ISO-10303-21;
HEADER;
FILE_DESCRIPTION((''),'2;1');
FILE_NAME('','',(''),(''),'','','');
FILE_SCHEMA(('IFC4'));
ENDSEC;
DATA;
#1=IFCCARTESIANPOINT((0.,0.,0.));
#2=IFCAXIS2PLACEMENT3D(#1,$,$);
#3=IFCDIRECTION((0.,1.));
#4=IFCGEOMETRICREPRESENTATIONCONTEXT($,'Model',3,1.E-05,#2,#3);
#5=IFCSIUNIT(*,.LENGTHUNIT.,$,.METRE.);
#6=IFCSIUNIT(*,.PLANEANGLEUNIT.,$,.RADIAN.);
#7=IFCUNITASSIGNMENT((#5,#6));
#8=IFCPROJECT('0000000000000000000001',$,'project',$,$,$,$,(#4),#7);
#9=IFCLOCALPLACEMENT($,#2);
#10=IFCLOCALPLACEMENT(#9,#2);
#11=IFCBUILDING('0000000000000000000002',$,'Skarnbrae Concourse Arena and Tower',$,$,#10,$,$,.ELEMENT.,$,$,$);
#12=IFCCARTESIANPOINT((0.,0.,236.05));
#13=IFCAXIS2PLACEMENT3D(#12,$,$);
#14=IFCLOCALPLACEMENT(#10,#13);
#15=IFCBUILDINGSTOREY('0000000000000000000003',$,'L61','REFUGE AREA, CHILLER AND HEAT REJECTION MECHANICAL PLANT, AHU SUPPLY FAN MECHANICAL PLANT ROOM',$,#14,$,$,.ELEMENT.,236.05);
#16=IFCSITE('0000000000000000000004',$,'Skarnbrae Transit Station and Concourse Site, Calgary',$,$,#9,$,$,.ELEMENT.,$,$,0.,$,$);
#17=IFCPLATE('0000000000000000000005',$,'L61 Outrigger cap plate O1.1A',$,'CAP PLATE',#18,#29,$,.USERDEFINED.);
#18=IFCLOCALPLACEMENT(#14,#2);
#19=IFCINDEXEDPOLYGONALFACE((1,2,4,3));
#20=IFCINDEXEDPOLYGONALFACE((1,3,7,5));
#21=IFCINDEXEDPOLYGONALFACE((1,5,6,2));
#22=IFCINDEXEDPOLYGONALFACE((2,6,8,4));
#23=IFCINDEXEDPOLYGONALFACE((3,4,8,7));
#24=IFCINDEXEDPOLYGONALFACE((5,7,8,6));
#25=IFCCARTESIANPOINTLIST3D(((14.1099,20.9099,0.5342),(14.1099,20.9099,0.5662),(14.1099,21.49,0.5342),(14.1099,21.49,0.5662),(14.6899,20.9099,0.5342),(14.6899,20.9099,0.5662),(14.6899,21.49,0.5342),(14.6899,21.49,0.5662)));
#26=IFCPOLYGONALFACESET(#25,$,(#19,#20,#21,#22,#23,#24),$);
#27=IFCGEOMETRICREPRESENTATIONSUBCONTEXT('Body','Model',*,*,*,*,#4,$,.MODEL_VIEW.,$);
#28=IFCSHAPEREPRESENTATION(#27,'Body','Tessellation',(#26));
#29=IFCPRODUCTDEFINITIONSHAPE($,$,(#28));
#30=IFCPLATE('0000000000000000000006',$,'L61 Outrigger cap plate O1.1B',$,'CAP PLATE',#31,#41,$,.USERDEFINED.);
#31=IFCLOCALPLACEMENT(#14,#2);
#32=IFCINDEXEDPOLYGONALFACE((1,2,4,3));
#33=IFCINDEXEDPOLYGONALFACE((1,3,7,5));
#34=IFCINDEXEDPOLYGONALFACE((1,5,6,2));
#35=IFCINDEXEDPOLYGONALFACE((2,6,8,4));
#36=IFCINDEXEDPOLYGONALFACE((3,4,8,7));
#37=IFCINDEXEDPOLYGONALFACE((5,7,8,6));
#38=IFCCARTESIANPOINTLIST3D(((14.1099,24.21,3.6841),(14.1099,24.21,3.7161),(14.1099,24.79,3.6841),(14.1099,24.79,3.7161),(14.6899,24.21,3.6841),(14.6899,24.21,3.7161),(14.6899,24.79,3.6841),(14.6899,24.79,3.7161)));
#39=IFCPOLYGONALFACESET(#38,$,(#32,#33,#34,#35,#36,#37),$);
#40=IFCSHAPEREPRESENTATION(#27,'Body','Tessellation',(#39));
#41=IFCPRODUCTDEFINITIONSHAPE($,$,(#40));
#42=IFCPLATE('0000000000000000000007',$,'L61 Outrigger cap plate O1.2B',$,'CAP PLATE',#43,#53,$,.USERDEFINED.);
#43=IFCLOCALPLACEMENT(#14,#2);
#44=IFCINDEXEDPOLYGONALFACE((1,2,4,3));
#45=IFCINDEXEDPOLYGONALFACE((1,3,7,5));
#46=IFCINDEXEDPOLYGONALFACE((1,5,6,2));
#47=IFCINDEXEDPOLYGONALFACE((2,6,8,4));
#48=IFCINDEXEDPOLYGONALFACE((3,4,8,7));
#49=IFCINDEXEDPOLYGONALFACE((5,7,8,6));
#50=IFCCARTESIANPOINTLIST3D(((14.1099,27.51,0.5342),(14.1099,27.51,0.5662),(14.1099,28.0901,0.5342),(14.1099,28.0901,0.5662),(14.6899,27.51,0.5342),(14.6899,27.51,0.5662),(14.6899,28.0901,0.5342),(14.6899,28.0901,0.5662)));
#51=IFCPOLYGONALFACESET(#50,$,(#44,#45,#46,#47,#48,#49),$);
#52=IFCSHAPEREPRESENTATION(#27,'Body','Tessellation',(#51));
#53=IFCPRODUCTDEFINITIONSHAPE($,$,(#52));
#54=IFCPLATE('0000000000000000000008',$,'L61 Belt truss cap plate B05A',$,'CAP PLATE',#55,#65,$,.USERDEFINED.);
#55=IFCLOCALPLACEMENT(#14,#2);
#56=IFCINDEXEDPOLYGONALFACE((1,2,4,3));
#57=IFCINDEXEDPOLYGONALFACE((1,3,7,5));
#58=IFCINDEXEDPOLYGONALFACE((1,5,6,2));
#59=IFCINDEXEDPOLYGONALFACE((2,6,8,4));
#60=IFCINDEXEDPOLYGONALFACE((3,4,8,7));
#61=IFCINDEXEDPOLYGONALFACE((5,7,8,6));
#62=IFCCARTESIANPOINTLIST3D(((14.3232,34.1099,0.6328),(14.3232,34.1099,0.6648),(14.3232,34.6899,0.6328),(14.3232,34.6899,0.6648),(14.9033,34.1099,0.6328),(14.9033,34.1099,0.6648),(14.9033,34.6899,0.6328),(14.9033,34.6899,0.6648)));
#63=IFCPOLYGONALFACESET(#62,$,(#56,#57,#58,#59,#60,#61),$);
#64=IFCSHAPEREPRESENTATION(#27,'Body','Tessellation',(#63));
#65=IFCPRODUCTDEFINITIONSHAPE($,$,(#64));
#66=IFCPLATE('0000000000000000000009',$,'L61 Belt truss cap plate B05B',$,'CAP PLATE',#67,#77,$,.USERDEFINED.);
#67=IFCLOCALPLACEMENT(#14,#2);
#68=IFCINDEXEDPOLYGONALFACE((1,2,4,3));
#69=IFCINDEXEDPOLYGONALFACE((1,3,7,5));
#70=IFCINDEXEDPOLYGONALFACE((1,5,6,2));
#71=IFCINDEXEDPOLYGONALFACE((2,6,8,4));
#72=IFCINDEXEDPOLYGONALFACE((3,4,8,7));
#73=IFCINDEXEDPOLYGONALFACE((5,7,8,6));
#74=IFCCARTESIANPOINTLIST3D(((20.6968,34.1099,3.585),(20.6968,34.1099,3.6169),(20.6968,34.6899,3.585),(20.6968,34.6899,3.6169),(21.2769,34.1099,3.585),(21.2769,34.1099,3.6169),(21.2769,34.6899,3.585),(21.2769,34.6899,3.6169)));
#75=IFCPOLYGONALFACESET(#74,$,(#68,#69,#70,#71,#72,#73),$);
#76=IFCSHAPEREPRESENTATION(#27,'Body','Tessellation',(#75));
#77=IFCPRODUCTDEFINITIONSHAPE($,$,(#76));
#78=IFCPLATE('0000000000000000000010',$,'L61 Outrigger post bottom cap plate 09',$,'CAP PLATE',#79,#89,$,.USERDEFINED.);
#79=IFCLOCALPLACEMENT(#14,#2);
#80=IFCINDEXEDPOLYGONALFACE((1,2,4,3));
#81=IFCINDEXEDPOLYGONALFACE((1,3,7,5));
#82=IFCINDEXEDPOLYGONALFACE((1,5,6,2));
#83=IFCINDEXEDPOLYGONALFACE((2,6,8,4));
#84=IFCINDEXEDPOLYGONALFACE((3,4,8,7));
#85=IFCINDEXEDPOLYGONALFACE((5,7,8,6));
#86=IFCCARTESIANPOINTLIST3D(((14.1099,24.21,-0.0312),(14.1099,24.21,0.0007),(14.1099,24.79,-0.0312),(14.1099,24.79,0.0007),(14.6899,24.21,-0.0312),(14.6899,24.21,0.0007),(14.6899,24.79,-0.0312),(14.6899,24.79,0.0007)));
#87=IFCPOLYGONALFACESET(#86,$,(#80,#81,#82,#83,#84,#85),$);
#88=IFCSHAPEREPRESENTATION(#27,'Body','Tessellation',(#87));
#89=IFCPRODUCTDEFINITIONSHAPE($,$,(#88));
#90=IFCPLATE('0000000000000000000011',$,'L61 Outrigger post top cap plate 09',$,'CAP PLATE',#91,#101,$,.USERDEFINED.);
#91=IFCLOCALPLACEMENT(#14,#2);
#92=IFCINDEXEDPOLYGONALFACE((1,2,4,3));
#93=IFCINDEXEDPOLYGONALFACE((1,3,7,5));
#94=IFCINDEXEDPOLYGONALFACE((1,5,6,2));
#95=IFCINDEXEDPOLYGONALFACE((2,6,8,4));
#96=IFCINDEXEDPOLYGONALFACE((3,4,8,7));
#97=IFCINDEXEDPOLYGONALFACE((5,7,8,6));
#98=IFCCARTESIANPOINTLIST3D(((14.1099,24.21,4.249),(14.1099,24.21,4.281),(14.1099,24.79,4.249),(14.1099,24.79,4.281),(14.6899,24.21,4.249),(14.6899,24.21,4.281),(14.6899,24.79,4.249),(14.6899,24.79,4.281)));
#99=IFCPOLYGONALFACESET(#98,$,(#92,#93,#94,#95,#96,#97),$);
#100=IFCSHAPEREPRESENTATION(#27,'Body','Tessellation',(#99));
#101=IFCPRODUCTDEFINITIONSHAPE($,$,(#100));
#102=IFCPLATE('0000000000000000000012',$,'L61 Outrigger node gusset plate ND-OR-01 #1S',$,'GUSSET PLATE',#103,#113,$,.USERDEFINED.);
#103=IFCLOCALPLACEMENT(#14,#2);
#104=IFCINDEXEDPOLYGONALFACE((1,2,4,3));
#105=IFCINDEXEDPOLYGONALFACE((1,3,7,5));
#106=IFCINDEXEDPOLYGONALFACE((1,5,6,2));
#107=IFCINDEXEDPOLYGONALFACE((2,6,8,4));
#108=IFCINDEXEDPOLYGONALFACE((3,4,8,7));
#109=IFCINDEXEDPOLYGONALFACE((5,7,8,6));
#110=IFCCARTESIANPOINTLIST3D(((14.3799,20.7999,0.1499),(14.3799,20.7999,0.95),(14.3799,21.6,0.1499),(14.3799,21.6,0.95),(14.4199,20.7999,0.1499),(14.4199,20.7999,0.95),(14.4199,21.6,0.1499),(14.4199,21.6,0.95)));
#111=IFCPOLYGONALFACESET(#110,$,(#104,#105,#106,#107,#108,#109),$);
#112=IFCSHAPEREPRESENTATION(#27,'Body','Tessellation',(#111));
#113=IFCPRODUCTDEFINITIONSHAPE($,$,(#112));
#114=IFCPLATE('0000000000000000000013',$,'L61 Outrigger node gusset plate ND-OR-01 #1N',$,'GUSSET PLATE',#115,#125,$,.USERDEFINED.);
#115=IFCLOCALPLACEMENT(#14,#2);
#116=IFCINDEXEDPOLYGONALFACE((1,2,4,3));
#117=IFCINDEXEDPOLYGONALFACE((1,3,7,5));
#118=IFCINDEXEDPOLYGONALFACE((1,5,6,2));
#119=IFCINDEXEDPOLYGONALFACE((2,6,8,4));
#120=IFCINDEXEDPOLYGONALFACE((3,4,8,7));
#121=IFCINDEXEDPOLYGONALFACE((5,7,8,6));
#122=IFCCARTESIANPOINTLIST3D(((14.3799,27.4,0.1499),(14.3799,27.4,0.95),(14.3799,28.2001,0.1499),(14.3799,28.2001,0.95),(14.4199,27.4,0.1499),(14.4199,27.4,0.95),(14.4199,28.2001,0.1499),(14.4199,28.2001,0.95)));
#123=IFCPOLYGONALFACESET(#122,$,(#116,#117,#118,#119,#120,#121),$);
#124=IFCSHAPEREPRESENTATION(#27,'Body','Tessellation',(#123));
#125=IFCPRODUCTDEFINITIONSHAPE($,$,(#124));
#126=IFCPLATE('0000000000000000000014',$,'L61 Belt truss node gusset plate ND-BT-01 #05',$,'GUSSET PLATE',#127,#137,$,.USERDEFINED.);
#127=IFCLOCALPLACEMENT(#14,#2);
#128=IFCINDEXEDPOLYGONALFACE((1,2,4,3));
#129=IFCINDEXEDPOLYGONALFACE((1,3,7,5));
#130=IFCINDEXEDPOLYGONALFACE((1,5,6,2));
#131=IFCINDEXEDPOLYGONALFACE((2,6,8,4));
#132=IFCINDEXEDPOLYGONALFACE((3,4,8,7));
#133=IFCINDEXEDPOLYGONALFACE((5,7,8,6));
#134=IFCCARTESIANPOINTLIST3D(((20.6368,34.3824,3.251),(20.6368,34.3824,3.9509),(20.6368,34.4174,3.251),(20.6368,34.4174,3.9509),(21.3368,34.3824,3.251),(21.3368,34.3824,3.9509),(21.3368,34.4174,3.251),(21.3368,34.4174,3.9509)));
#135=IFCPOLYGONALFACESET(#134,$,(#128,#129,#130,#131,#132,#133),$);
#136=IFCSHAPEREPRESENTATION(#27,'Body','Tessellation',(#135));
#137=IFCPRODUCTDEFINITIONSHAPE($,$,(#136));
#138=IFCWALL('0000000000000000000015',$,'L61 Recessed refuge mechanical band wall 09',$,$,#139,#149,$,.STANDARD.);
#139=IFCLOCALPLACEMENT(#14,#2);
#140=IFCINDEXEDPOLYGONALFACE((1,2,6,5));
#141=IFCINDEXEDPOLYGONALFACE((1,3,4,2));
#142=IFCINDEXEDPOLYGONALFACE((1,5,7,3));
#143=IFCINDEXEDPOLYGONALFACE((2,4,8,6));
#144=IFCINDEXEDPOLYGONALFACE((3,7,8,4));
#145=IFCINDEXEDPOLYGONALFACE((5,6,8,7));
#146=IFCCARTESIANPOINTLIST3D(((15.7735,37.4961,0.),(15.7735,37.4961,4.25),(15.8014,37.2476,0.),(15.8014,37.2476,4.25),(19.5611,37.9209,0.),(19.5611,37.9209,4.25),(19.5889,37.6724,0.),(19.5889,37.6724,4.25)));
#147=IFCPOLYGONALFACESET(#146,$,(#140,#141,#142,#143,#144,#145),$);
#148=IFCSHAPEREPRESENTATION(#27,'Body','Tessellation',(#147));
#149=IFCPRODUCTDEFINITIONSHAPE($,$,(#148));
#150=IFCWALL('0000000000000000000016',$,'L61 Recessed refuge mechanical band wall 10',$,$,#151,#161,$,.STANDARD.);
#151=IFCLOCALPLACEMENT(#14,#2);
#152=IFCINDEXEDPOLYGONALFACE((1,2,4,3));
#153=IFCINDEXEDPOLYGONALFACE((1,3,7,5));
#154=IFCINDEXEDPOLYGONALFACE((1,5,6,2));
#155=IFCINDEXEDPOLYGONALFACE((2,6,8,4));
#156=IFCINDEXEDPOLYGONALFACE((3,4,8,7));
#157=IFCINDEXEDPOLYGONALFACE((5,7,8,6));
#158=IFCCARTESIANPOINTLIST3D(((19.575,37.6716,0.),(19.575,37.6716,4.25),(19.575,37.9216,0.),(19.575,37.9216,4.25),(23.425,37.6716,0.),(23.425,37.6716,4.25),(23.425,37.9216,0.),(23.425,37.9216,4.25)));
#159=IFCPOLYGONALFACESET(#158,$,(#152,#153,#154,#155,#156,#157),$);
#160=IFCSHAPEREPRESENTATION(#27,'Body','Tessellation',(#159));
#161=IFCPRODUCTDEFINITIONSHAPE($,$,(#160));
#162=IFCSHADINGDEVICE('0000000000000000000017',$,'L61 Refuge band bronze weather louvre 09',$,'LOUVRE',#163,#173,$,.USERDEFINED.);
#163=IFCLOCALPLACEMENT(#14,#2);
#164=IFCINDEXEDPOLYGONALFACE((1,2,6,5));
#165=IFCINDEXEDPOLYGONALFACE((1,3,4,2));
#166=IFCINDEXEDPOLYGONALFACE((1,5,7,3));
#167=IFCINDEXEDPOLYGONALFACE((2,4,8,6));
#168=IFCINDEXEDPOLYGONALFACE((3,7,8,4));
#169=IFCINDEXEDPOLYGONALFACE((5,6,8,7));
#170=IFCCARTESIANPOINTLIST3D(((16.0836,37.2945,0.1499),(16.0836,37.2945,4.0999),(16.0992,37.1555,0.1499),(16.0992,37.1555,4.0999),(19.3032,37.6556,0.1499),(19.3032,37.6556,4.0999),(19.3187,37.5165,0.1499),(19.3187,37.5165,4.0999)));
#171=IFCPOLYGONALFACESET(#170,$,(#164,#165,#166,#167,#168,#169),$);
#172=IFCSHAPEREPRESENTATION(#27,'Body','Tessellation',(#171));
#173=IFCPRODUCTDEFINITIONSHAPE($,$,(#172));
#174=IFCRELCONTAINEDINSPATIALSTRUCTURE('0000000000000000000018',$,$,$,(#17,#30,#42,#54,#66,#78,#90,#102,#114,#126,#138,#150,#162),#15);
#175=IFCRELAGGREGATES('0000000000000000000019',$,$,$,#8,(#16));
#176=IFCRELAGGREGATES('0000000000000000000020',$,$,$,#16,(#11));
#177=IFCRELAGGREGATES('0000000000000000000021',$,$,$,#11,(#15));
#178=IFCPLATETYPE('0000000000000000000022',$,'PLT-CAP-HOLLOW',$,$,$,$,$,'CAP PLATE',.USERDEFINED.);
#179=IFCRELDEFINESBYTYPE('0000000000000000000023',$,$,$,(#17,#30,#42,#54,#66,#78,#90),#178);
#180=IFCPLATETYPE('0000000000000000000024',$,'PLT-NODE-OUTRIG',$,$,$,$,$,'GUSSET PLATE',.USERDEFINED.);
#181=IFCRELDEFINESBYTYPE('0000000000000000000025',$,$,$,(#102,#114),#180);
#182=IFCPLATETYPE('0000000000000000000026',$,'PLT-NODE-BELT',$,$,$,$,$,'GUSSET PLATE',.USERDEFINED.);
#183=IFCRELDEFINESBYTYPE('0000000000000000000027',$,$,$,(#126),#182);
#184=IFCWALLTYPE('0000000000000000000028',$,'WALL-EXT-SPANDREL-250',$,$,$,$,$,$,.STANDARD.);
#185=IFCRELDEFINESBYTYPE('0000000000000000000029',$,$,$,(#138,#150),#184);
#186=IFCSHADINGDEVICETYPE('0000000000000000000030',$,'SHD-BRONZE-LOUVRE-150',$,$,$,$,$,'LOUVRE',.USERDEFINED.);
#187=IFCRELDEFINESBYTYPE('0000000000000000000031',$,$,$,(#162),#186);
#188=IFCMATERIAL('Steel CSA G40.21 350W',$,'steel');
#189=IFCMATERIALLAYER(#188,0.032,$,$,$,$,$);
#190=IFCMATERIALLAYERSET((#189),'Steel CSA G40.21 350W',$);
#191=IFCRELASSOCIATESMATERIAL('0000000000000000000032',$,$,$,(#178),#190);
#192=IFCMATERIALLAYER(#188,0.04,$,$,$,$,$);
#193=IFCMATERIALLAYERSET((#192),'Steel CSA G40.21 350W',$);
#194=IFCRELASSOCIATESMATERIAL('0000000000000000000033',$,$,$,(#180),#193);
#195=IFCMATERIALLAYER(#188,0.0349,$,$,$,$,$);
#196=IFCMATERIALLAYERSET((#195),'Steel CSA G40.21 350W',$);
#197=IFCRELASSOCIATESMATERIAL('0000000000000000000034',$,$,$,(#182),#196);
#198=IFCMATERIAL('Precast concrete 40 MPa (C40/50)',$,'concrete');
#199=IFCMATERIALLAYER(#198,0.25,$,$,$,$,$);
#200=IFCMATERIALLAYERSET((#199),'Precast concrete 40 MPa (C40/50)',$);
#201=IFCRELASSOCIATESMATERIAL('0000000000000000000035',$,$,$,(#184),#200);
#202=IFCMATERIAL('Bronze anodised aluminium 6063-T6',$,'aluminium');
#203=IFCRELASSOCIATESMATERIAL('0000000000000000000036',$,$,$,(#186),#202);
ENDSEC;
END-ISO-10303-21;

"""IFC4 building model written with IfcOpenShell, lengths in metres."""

from ifc_helpers import new_model, si_unit, direction, frame, frame_2d, origin, origin_2d, place, context, subcontext, project, spatial, rectangle, extrude, source, transform, mapped, material, layer, layer_set, type_object, element, save


model = new_model("IFC4")

# Units and contexts
model_context = context("Model", 3, precision=1e-05, world=origin(), true_north=direction((0.0, 1.0)))
body_context = subcontext(model_context, "Body", "Model", "MODEL_VIEW")
ifc_project = project(units=[si_unit("LENGTHUNIT", "METRE"), si_unit("PLANEANGLEUNIT", "RADIAN")], contexts=[model_context])

# Site, building, storey
site_placement = place(None, origin())
site = spatial("IfcSite", under=ifc_project, at=site_placement, Name="Skarnbrae Transit Station and Concourse Site, Calgary", CompositionType="ELEMENT", RefElevation=0.0)
building_placement = place(site_placement, origin())
building = spatial("IfcBuilding", under=site, at=building_placement, Name="Skarnbrae Concourse Arena and Tower", CompositionType="ELEMENT")
storey_placement = place(building_placement, frame((0.0, 0.0, 236.05)))
storey = spatial("IfcBuildingStorey", under=building, at=storey_placement, Name="L61", Description="REFUGE AREA, CHILLER AND HEAT REJECTION MECHANICAL PLANT, AHU SUPPLY FAN MECHANICAL PLANT ROOM", CompositionType="ELEMENT", Elevation=236.05)

# Shared definitions
ifc_material_1 = material(Name="Steel CSA G40.21 350W", Category="steel")

# Plates
ifc_layer_1 = layer(ifc_material_1, 0.032)
ifc_layer_set_1 = layer_set([ifc_layer_1], Name="Steel CSA G40.21 350W")
plate_type_1 = type_object("IfcPlateType", Name="PLT-CAP-HOLLOW", ElementType="CAP PLATE", PredefinedType="USERDEFINED", material=ifc_layer_set_1)
shared_shape_1 = source(origin(), body_context, "Body", "SweptSolid", [
    extrude(rectangle(XDim=0.5801, YDim=0.5801, at=origin_2d()), origin(), (0.0, 0.0, 1.0), 0.032),
])
for number, where, z_axis, x_axis, name in (
    (1, (14.3999, 21.2, 0.5342), (0.0, 0.0, 1.0), (1.0, 0.0, 0.0), "L61 Outrigger cap plate O1.1A"),
    (2, (14.3999, 24.5, 3.6841), (0.0, 0.0, 1.0), (1.0, 0.0, 0.0), "L61 Outrigger cap plate O1.1B"),
    (3, (14.3999, 27.8, 0.5342), (0.0, 0.0, 1.0), (1.0, 0.0, 0.0), "L61 Outrigger cap plate O1.2B"),
    (4, (14.6133, 34.3999, 0.6328), (0.0, 0.0, 1.0), (1.0, 0.0, 0.0), "L61 Belt truss cap plate B05A"),
    (5, (20.9868, 34.3999, 3.585), (0.0, 0.0, 1.0), (1.0, 0.0, 0.0), "L61 Belt truss cap plate B05B"),
    (6, (14.3999, 24.5, -0.0312), (0.0, 0.0, 1.0), (1.0, 0.0, 0.0), "L61 Outrigger post bottom cap plate 09"),
    (7, (14.3999, 24.5, 4.249), (0.0, 0.0, 1.0), (1.0, 0.0, 0.0), "L61 Outrigger post top cap plate 09"),
):
    element("IfcPlate", number, at=place(storey_placement, frame(where, z_axis=z_axis, x_axis=x_axis)), inside=storey, type_object=plate_type_1, Name=name, ObjectType="CAP PLATE", PredefinedType="USERDEFINED", context=body_context, shape_type="MappedRepresentation", body=[
        mapped(shared_shape_1, transform((0.0, 0.0, 0.0))),
    ])
ifc_layer_2 = layer(ifc_material_1, 0.04)
ifc_layer_set_2 = layer_set([ifc_layer_2], Name="Steel CSA G40.21 350W")
plate_type_2 = type_object("IfcPlateType", Name="PLT-NODE-OUTRIG", ElementType="GUSSET PLATE", PredefinedType="USERDEFINED", material=ifc_layer_set_2)
shared_shape_2 = source(origin(), body_context, "Body", "SweptSolid", [
    extrude(rectangle(XDim=0.8, YDim=0.04, at=origin_2d()), origin(), (0.0, 0.0, 1.0), 0.8),
])
for number, where, z_axis, x_axis, name in (
    (8, (14.3999, 21.2, 0.1499), (0.0, 0.0, 1.0), (0.0, 1.0, 0.0), "L61 Outrigger node gusset plate ND-OR-01 #1S"),
    (9, (14.3999, 27.8, 0.1499), (0.0, 0.0, 1.0), (0.0, 1.0, 0.0), "L61 Outrigger node gusset plate ND-OR-01 #1N"),
):
    element("IfcPlate", number, at=place(storey_placement, frame(where, z_axis=z_axis, x_axis=x_axis)), inside=storey, type_object=plate_type_2, Name=name, ObjectType="GUSSET PLATE", PredefinedType="USERDEFINED", context=body_context, shape_type="MappedRepresentation", body=[
        mapped(shared_shape_2, transform((0.0, 0.0, 0.0))),
    ])
ifc_layer_3 = layer(ifc_material_1, 0.0349)
ifc_layer_set_3 = layer_set([ifc_layer_3], Name="Steel CSA G40.21 350W")
plate_type_3 = type_object("IfcPlateType", Name="PLT-NODE-BELT", ElementType="GUSSET PLATE", PredefinedType="USERDEFINED", material=ifc_layer_set_3)
shared_shape_3 = source(origin(), body_context, "Body", "SweptSolid", [
    extrude(rectangle(XDim=0.7, YDim=0.0349, at=origin_2d()), origin(), (0.0, 0.0, 1.0), 0.7),
])
plate_placement = place(storey_placement, frame((20.9868, 34.3999, 3.251), z_axis=(0.0, 0.0, 1.0), x_axis=(1.0, 0.0, 0.0)))
element("IfcPlate", 10, at=plate_placement, inside=storey, type_object=plate_type_3, Name="L61 Belt truss node gusset plate ND-BT-01 #05", ObjectType="GUSSET PLATE", PredefinedType="USERDEFINED", context=body_context, shape_type="MappedRepresentation", body=[
    mapped(shared_shape_3, transform((0.0, 0.0, 0.0))),
])

# Walls
ifc_material_2 = material(Name="Precast concrete 40 MPa (C40/50)", Category="concrete")
ifc_layer_4 = layer(ifc_material_2, 0.25)
ifc_layer_set_4 = layer_set([ifc_layer_4], Name="Precast concrete 40 MPa (C40/50)")
wall_type = type_object("IfcWallType", Name="WALL-EXT-SPANDREL-250", PredefinedType="STANDARD", material=ifc_layer_set_4)
shared_shape_4 = source(origin(), body_context, "Body", "SweptSolid", [
    extrude(rectangle(XDim=3.8113, YDim=0.25, at=frame_2d((1.9058, 0.0))), origin(), (0.0, 0.0, 1.0), 4.25),
])
wall_1_placement = place(storey_placement, frame((15.7874, 37.3718, 0.0), z_axis=(0.0, 0.0, 1.0), x_axis=(0.993769, 0.111458, 0.0)))
element("IfcWall", 11, at=wall_1_placement, inside=storey, type_object=wall_type, Name="L61 Recessed refuge mechanical band wall 09", PredefinedType="STANDARD", context=body_context, shape_type="MappedRepresentation", body=[
    mapped(shared_shape_4, transform((0.0, 0.0, 0.0))),
])
shared_shape_5 = source(origin(), body_context, "Body", "SweptSolid", [
    extrude(rectangle(XDim=3.8501, YDim=0.25, at=frame_2d((1.925, 0.0))), origin(), (0.0, 0.0, 1.0), 4.25),
])
wall_2_placement = place(storey_placement, frame((19.575, 37.7966, 0.0), z_axis=(0.0, 0.0, 1.0), x_axis=(1.0, 0.0, 0.0)))
element("IfcWall", 12, at=wall_2_placement, inside=storey, type_object=wall_type, Name="L61 Recessed refuge mechanical band wall 10", PredefinedType="STANDARD", context=body_context, shape_type="MappedRepresentation", body=[
    mapped(shared_shape_5, transform((0.0, 0.0, 0.0))),
])

# Shading device
ifc_material_3 = material(Name="Bronze anodised aluminium 6063-T6", Category="aluminium")
shading_device_type = type_object("IfcShadingDeviceType", Name="SHD-BRONZE-LOUVRE-150", ElementType="LOUVRE", PredefinedType="USERDEFINED", material=ifc_material_3)
shared_shape_6 = source(origin(), body_context, "Body", "SweptSolid", [
    extrude(rectangle(XDim=3.2397, YDim=0.1399, at=origin_2d()), origin(), (0.0, 0.0, 1.0), 3.95),
])
shading_device_placement = place(storey_placement, frame((17.7012, 37.4055, 0.1499), z_axis=(0.0, 0.0, 1.0), x_axis=(0.99377, 0.111453, 0.0)))
element("IfcShadingDevice", 13, at=shading_device_placement, inside=storey, type_object=shading_device_type, Name="L61 Refuge band bronze weather louvre 09", ObjectType="LOUVRE", PredefinedType="USERDEFINED", context=body_context, shape_type="MappedRepresentation", body=[
    mapped(shared_shape_6, transform((0.0, 0.0, 0.0))),
])

save(model, "model.ifc")
